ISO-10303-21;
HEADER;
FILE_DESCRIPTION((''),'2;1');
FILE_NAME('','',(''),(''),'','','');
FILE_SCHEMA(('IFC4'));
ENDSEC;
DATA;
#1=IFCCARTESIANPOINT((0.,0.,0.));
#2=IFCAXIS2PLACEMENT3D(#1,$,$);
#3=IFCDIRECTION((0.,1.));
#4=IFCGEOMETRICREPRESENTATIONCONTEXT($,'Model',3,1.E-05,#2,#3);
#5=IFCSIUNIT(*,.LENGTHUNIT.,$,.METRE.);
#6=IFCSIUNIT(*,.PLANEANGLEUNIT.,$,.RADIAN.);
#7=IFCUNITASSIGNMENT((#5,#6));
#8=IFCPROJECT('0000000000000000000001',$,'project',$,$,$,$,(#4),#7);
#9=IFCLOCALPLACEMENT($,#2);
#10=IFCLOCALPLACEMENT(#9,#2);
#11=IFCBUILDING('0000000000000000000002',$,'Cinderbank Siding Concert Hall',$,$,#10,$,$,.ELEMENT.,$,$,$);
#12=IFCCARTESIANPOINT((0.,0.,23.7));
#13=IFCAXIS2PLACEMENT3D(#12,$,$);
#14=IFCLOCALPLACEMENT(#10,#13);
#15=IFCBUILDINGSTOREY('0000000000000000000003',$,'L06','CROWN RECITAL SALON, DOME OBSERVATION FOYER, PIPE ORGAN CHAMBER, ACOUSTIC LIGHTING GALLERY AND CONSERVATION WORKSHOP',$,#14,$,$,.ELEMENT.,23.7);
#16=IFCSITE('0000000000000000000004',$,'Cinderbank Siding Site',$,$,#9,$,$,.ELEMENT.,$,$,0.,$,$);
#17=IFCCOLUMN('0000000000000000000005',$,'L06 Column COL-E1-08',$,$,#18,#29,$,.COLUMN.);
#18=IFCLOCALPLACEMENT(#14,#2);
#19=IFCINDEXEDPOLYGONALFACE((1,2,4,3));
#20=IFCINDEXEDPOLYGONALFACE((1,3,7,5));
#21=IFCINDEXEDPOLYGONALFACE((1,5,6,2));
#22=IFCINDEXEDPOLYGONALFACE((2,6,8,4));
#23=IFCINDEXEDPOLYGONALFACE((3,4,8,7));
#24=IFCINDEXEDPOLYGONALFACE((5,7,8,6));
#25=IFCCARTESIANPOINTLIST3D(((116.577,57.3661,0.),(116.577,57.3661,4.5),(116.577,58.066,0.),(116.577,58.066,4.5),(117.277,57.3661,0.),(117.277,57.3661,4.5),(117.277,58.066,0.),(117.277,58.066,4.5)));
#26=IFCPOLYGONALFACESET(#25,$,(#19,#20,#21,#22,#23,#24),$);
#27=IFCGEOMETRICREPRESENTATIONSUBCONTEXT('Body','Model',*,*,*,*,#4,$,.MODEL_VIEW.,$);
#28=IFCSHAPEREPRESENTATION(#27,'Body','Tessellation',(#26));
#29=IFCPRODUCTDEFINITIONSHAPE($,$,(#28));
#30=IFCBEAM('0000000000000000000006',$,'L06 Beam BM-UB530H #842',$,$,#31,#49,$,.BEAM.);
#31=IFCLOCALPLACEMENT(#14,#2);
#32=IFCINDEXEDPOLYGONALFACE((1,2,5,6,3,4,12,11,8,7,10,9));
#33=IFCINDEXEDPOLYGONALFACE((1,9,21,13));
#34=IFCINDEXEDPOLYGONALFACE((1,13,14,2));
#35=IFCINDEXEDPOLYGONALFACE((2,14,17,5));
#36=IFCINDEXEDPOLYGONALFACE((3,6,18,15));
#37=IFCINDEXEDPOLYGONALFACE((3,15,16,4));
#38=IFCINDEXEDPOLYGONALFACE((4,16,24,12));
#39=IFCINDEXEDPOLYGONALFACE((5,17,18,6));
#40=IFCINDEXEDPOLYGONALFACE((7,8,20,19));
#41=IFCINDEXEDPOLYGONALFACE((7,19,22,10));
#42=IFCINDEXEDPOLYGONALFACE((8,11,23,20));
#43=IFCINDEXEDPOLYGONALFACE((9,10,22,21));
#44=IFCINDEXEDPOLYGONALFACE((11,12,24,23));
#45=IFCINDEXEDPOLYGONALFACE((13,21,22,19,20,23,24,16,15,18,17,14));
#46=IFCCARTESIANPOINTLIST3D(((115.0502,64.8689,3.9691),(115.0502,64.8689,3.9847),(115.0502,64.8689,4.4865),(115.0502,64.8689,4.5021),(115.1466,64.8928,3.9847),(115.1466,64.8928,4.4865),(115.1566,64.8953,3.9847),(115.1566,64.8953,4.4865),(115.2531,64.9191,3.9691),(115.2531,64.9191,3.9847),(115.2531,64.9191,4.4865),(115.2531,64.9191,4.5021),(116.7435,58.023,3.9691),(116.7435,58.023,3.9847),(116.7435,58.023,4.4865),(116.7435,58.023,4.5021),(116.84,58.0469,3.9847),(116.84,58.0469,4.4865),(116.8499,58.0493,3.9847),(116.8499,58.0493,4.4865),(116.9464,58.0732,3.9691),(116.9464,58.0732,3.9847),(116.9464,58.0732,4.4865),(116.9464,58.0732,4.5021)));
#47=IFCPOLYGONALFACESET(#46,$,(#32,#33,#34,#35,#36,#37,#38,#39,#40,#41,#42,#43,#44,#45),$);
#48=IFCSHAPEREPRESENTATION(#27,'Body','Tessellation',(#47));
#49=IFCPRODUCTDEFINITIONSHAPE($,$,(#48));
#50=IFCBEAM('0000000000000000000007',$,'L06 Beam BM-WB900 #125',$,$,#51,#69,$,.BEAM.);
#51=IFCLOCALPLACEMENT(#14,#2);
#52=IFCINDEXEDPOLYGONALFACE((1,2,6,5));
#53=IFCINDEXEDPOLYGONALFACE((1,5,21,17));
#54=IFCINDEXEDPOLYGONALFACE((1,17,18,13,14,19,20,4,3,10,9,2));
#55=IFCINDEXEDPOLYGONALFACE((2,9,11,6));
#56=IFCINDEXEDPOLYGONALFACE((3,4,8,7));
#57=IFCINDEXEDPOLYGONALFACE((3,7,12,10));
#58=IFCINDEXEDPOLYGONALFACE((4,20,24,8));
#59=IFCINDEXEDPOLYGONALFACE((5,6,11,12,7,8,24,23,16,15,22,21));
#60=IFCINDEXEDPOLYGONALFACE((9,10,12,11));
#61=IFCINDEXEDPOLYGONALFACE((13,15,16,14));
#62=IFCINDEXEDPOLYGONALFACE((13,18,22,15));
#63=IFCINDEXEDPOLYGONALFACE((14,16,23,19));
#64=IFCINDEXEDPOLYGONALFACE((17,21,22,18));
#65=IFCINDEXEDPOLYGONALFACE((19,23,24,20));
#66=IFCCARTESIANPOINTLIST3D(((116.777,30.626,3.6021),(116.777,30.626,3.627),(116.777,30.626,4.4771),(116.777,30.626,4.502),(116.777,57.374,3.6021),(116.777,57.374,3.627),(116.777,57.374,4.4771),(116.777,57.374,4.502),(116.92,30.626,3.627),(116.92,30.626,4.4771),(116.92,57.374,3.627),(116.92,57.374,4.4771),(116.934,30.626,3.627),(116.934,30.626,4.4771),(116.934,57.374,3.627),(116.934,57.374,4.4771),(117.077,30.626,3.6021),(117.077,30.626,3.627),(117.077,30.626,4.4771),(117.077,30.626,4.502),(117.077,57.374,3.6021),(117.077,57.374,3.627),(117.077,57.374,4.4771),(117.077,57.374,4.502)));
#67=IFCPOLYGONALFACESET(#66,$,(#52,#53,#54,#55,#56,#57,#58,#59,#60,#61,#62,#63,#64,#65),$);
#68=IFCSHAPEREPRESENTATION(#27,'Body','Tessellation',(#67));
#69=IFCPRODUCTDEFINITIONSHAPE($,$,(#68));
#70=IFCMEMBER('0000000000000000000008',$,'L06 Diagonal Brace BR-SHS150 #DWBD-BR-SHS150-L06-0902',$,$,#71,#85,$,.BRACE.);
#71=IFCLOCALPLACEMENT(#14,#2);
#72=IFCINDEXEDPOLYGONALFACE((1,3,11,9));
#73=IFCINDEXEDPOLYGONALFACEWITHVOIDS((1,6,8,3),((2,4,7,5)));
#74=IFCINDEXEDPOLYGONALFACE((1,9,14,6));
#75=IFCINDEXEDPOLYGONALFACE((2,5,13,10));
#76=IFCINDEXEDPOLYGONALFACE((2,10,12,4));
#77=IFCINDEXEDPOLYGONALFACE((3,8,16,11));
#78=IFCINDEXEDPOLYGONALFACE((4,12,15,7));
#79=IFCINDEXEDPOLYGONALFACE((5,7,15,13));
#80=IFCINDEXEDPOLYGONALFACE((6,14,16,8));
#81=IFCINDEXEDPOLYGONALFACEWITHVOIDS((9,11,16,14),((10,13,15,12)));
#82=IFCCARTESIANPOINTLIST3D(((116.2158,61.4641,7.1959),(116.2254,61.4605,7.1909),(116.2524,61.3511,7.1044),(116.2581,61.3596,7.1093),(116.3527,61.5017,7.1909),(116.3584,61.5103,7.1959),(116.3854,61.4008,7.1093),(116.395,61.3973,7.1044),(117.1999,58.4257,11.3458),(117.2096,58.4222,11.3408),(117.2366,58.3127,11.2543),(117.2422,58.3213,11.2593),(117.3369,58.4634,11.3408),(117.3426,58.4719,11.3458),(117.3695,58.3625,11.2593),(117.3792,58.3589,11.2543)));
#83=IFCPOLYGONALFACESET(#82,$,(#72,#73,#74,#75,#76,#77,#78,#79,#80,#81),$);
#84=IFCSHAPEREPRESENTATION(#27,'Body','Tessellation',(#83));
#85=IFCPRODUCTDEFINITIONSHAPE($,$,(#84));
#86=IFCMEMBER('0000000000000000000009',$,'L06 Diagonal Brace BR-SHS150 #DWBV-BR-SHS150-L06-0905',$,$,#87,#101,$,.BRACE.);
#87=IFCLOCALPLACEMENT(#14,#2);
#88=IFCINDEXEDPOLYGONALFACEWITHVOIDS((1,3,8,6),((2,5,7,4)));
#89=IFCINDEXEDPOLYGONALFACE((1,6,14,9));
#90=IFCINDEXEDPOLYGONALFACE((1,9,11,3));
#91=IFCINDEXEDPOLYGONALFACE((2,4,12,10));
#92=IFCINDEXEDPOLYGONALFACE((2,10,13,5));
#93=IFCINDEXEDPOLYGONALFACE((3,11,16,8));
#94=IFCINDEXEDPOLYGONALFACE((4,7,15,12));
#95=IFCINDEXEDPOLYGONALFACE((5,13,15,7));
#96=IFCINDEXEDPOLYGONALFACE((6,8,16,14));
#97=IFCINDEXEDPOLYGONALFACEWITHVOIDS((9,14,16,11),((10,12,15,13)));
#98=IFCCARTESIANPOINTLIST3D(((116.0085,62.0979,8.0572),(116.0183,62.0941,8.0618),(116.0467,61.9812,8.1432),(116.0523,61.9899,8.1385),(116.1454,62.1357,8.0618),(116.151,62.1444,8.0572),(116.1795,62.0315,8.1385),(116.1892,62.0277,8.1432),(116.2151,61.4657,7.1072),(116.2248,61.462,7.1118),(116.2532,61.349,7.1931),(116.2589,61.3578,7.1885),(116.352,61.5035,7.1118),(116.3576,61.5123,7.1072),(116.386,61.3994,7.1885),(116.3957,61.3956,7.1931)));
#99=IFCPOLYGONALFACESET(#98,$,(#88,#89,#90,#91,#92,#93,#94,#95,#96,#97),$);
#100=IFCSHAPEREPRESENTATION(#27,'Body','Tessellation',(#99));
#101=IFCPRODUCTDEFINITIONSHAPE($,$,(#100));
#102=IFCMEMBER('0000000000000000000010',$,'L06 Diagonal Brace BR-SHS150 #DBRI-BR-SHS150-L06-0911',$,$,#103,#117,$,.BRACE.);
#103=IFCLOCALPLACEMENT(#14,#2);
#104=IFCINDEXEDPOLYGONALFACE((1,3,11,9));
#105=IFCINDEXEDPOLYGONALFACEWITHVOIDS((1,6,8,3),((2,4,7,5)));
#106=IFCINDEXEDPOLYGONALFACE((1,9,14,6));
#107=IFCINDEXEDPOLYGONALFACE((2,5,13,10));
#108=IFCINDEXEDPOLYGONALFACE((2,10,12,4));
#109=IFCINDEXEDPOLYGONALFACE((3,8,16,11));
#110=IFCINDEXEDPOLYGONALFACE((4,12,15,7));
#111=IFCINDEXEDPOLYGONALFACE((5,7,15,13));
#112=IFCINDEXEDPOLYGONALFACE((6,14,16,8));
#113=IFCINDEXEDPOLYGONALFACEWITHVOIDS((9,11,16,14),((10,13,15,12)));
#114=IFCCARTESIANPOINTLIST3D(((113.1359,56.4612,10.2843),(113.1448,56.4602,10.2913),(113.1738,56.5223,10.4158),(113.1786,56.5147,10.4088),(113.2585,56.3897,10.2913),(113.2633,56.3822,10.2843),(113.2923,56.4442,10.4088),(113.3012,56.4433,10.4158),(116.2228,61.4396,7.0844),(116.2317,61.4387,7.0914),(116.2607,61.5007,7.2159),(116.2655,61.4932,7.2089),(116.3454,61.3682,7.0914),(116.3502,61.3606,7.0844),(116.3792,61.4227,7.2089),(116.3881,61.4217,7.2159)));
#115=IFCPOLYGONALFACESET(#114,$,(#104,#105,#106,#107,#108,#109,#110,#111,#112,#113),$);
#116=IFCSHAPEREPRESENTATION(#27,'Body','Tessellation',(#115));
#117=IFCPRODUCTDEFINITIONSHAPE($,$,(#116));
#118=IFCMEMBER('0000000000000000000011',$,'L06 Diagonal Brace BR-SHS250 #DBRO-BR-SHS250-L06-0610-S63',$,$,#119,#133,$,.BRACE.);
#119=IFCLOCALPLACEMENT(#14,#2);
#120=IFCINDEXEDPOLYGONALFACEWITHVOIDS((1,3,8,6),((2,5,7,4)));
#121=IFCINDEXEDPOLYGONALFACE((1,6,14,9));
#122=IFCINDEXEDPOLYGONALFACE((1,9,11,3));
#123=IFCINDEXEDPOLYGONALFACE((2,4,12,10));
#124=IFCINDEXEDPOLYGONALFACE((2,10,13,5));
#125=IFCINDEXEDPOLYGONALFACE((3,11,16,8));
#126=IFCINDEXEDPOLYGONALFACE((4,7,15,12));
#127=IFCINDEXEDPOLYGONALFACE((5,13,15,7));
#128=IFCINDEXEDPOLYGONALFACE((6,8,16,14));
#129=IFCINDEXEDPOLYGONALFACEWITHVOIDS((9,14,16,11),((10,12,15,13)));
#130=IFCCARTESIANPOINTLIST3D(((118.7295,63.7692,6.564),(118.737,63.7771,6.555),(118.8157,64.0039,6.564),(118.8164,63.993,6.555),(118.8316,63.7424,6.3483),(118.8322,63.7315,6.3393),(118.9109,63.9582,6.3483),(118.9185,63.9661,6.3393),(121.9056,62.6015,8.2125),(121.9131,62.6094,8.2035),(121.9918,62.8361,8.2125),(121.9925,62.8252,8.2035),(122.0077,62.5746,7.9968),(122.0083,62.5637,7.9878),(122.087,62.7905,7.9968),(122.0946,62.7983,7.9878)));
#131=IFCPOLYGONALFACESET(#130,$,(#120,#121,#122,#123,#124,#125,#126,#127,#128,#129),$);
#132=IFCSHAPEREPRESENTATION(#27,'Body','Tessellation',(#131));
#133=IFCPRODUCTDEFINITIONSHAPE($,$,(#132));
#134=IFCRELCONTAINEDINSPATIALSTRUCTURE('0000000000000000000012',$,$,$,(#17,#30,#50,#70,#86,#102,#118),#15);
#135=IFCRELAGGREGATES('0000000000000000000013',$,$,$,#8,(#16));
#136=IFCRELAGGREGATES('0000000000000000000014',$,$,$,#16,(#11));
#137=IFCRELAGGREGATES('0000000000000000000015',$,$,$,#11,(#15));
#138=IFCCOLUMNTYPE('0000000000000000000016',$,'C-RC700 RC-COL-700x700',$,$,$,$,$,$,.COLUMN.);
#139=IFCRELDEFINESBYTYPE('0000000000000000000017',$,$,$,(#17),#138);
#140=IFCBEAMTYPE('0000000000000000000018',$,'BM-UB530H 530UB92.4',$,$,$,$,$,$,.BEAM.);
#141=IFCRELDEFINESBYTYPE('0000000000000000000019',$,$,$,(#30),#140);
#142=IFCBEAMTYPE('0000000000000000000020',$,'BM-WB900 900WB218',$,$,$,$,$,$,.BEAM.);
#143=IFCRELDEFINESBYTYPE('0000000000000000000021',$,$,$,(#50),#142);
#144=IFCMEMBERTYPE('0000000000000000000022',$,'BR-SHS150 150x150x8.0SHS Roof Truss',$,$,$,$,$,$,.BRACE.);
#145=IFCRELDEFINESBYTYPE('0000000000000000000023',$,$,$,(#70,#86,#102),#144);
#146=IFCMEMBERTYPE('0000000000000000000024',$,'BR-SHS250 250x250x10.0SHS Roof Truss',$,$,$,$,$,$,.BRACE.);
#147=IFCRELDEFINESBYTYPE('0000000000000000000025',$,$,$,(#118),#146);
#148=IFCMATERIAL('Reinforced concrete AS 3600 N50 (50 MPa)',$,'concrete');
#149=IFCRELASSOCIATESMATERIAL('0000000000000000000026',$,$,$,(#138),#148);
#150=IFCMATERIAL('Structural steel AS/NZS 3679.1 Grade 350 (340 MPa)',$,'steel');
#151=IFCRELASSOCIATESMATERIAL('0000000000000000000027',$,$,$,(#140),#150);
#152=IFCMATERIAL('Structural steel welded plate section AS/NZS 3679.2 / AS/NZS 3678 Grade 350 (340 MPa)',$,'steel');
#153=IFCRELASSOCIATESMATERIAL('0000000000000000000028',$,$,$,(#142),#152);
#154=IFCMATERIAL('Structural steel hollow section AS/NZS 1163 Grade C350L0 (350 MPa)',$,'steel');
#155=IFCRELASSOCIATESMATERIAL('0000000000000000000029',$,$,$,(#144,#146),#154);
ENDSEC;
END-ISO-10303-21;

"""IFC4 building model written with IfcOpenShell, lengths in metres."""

from ifc_helpers import new_model, si_unit, direction, frame, origin, origin_2d, place, context, subcontext, project, spatial, rectangle, hollow_rectangle, i_section, extrude, material, material_profile, profile_set, type_object, element, save


model = new_model("IFC4")

# Units and contexts
model_context = context("Model", 3, precision=1e-05, world=origin(), true_north=direction((0.0, 1.0)))
body_context = subcontext(model_context, "Body", "Model", "MODEL_VIEW")
ifc_project = project(units=[si_unit("LENGTHUNIT", "METRE"), si_unit("PLANEANGLEUNIT", "RADIAN")], contexts=[model_context])

# Site, building, storey
site_placement = place(None, origin())
site = spatial("IfcSite", under=ifc_project, at=site_placement, Name="Cinderbank Siding Site", CompositionType="ELEMENT", RefElevation=0.0)
building_placement = place(site_placement, origin())
building = spatial("IfcBuilding", under=site, at=building_placement, Name="Cinderbank Siding Concert Hall", CompositionType="ELEMENT")
storey_placement = place(building_placement, frame((0.0, 0.0, 23.7)))
storey = spatial("IfcBuildingStorey", under=building, at=storey_placement, Name="L06", Description="CROWN RECITAL SALON, DOME OBSERVATION FOYER, PIPE ORGAN CHAMBER, ACOUSTIC LIGHTING GALLERY AND CONSERVATION WORKSHOP", CompositionType="ELEMENT", Elevation=23.7)

# Column
ifc_material_1 = material(Name="Reinforced concrete AS 3600 N50 (50 MPa)", Category="concrete")
ifc_material_profile_1 = material_profile(ifc_material_1, rectangle(XDim=0.7, YDim=0.7, at=origin_2d()), Name="RC-COL-700x700", Category="LoadBearing")
ifc_profile_set_1 = profile_set([ifc_material_profile_1], Name="Reinforced concrete AS 3600 N50 (50 MPa)")
column_type = type_object("IfcColumnType", Name="C-RC700 RC-COL-700x700", PredefinedType="COLUMN", material=ifc_profile_set_1)
column_placement = place(storey_placement, frame((116.927, 57.7161, 0.0), z_axis=(0.0, 0.0, 1.0), x_axis=(1.0, 0.0, 0.0)))
element("IfcColumn", 1, at=column_placement, inside=storey, type_object=column_type, Name="L06 Column COL-E1-08", PredefinedType="COLUMN", context=body_context, shape_type="SweptSolid", body=[
    extrude(rectangle(XDim=0.7, YDim=0.7, at=origin_2d()), origin(), (0.0, 0.0, 1.0), 4.5),
])

# Beams
ifc_material_2 = material(Name="Structural steel AS/NZS 3679.1 Grade 350 (340 MPa)", Category="steel")
ifc_material_profile_2 = material_profile(ifc_material_2, i_section(OverallWidth=0.209, OverallDepth=0.533, WebThickness=0.0103, FlangeThickness=0.0156, at=origin_2d()), Name="530UB92.4", Category="LoadBearing")
ifc_profile_set_2 = profile_set([ifc_material_profile_2], Name="Structural steel AS/NZS 3679.1 Grade 350 (340 MPa)")
beam_type_1 = type_object("IfcBeamType", Name="BM-UB530H 530UB92.4", PredefinedType="BEAM", material=ifc_profile_set_2)
beam_1_placement = place(storey_placement, frame((116.845, 58.0481, 4.2356), z_axis=(-0.240116, 0.970744, 0.0), x_axis=(-0.970744, -0.240116, 0.0)))
element("IfcBeam", 2, at=beam_1_placement, inside=storey, type_object=beam_type_1, Name="L06 Beam BM-UB530H #842", PredefinedType="BEAM", context=body_context, shape_type="SweptSolid", body=[
    extrude(i_section(OverallWidth=0.209, OverallDepth=0.533, WebThickness=0.0103, FlangeThickness=0.0156, at=origin_2d()), origin(), (0.0, 0.0, 1.0), 7.0522),
])
ifc_material_3 = material(Name="Structural steel welded plate section AS/NZS 3679.2 / AS/NZS 3678 Grade 350 (340 MPa)", Category="steel")
ifc_material_profile_3 = material_profile(ifc_material_3, i_section(OverallWidth=0.3, OverallDepth=0.8999, WebThickness=0.0139, FlangeThickness=0.0249, at=origin_2d()), Name="900WB218", Category="LoadBearing")
ifc_profile_set_3 = profile_set([ifc_material_profile_3], Name="Structural steel welded plate section AS/NZS 3679.2 / AS/NZS 3678 Grade 350 (340 MPa)")
beam_type_2 = type_object("IfcBeamType", Name="BM-WB900 900WB218", PredefinedType="BEAM", material=ifc_profile_set_3)
beam_2_placement = place(storey_placement, frame((116.927, 57.374, 4.052), z_axis=(0.0, -1.0, 0.0), x_axis=(1.0, 0.0, 0.0)))
element("IfcBeam", 3, at=beam_2_placement, inside=storey, type_object=beam_type_2, Name="L06 Beam BM-WB900 #125", PredefinedType="BEAM", context=body_context, shape_type="SweptSolid", body=[
    extrude(i_section(OverallWidth=0.3, OverallDepth=0.8999, WebThickness=0.0139, FlangeThickness=0.0249, at=origin_2d()), origin(), (0.0, 0.0, 1.0), 26.748),
])

# Members
ifc_material_4 = material(Name="Structural steel hollow section AS/NZS 1163 Grade C350L0 (350 MPa)", Category="steel")
ifc_material_profile_4 = material_profile(ifc_material_4, hollow_rectangle(XDim=0.1499, YDim=0.1499, WallThickness=0.0081, at=origin_2d()), Name="150x150x8.0SHS", Category="LoadBearing")
ifc_profile_set_4 = profile_set([ifc_material_profile_4], Name="Structural steel hollow section AS/NZS 1163 Grade C350L0 (350 MPa)")
member_type_1 = type_object("IfcMemberType", Name="BR-SHS150 150x150x8.0SHS Roof Truss", PredefinedType="BRACE", material=ifc_profile_set_4)
member_1_placement = place(storey_placement, frame((116.3054, 61.4307, 7.1501), z_axis=(0.187934, -0.580214, 0.792485), x_axis=(0.95134, 0.308144, 0.0)))
element("IfcMember", 4, at=member_1_placement, inside=storey, type_object=member_type_1, Name="L06 Diagonal Brace BR-SHS150 #DWBD-BR-SHS150-L06-0902", PredefinedType="BRACE", context=body_context, shape_type="SweptSolid", body=[
    extrude(hollow_rectangle(XDim=0.1499, YDim=0.1499, WallThickness=0.0081, at=origin_2d()), origin(), (0.0, 0.0, 1.0), 5.2366),
])
member_2_placement = place(storey_placement, frame((116.3054, 61.4307, 7.1501), z_axis=(-0.178121, 0.545101, 0.81923), x_axis=(-0.950539, -0.310605, 0.0)))
element("IfcMember", 5, at=member_2_placement, inside=storey, type_object=member_type_1, Name="L06 Diagonal Brace BR-SHS150 #DWBV-BR-SHS150-L06-0905", PredefinedType="BRACE", context=body_context, shape_type="SweptSolid", body=[
    extrude(hollow_rectangle(XDim=0.1499, YDim=0.1499, WallThickness=0.0081, at=origin_2d()), origin(), (0.0, 0.0, 1.0), 1.1597),
])
member_3_placement = place(storey_placement, frame((116.3054, 61.4307, 7.1501), z_axis=(-0.462466, -0.745856, 0.4794), x_axis=(0.849885, -0.526969, 0.0)))
element("IfcMember", 6, at=member_3_placement, inside=storey, type_object=member_type_1, Name="L06 Diagonal Brace BR-SHS150 #DBRI-BR-SHS150-L06-0911", PredefinedType="BRACE", context=body_context, shape_type="SweptSolid", body=[
    extrude(hollow_rectangle(XDim=0.1499, YDim=0.1499, WallThickness=0.0081, at=origin_2d()), origin(), (0.0, 0.0, 1.0), 6.6748),
])
ifc_material_profile_5 = material_profile(ifc_material_4, hollow_rectangle(XDim=0.25, YDim=0.25, WallThickness=0.01, at=origin_2d()), Name="250x250x10.0SHS", Category="LoadBearing")
ifc_profile_set_5 = profile_set([ifc_material_profile_5], Name="Structural steel hollow section AS/NZS 1163 Grade C350L0 (350 MPa)")
member_type_2 = type_object("IfcMemberType", Name="BR-SHS250 250x250x10.0SHS Roof Truss", PredefinedType="BRACE", material=ifc_profile_set_5)
member_4_placement = place(storey_placement, frame((118.824, 63.8677, 6.4517), z_axis=(0.843779, -0.310231, 0.437943), x_axis=(0.345083, 0.938572, 0.0)))
element("IfcMember", 7, at=member_4_placement, inside=storey, type_object=member_type_2, Name="L06 Diagonal Brace BR-SHS250 #DBRO-BR-SHS250-L06-0610-S63", PredefinedType="BRACE", context=body_context, shape_type="SweptSolid", body=[
    extrude(hollow_rectangle(XDim=0.25, YDim=0.25, WallThickness=0.01, at=origin_2d()), origin(), (0.0, 0.0, 1.0), 3.7642),
])

save(model, "model.ifc")
